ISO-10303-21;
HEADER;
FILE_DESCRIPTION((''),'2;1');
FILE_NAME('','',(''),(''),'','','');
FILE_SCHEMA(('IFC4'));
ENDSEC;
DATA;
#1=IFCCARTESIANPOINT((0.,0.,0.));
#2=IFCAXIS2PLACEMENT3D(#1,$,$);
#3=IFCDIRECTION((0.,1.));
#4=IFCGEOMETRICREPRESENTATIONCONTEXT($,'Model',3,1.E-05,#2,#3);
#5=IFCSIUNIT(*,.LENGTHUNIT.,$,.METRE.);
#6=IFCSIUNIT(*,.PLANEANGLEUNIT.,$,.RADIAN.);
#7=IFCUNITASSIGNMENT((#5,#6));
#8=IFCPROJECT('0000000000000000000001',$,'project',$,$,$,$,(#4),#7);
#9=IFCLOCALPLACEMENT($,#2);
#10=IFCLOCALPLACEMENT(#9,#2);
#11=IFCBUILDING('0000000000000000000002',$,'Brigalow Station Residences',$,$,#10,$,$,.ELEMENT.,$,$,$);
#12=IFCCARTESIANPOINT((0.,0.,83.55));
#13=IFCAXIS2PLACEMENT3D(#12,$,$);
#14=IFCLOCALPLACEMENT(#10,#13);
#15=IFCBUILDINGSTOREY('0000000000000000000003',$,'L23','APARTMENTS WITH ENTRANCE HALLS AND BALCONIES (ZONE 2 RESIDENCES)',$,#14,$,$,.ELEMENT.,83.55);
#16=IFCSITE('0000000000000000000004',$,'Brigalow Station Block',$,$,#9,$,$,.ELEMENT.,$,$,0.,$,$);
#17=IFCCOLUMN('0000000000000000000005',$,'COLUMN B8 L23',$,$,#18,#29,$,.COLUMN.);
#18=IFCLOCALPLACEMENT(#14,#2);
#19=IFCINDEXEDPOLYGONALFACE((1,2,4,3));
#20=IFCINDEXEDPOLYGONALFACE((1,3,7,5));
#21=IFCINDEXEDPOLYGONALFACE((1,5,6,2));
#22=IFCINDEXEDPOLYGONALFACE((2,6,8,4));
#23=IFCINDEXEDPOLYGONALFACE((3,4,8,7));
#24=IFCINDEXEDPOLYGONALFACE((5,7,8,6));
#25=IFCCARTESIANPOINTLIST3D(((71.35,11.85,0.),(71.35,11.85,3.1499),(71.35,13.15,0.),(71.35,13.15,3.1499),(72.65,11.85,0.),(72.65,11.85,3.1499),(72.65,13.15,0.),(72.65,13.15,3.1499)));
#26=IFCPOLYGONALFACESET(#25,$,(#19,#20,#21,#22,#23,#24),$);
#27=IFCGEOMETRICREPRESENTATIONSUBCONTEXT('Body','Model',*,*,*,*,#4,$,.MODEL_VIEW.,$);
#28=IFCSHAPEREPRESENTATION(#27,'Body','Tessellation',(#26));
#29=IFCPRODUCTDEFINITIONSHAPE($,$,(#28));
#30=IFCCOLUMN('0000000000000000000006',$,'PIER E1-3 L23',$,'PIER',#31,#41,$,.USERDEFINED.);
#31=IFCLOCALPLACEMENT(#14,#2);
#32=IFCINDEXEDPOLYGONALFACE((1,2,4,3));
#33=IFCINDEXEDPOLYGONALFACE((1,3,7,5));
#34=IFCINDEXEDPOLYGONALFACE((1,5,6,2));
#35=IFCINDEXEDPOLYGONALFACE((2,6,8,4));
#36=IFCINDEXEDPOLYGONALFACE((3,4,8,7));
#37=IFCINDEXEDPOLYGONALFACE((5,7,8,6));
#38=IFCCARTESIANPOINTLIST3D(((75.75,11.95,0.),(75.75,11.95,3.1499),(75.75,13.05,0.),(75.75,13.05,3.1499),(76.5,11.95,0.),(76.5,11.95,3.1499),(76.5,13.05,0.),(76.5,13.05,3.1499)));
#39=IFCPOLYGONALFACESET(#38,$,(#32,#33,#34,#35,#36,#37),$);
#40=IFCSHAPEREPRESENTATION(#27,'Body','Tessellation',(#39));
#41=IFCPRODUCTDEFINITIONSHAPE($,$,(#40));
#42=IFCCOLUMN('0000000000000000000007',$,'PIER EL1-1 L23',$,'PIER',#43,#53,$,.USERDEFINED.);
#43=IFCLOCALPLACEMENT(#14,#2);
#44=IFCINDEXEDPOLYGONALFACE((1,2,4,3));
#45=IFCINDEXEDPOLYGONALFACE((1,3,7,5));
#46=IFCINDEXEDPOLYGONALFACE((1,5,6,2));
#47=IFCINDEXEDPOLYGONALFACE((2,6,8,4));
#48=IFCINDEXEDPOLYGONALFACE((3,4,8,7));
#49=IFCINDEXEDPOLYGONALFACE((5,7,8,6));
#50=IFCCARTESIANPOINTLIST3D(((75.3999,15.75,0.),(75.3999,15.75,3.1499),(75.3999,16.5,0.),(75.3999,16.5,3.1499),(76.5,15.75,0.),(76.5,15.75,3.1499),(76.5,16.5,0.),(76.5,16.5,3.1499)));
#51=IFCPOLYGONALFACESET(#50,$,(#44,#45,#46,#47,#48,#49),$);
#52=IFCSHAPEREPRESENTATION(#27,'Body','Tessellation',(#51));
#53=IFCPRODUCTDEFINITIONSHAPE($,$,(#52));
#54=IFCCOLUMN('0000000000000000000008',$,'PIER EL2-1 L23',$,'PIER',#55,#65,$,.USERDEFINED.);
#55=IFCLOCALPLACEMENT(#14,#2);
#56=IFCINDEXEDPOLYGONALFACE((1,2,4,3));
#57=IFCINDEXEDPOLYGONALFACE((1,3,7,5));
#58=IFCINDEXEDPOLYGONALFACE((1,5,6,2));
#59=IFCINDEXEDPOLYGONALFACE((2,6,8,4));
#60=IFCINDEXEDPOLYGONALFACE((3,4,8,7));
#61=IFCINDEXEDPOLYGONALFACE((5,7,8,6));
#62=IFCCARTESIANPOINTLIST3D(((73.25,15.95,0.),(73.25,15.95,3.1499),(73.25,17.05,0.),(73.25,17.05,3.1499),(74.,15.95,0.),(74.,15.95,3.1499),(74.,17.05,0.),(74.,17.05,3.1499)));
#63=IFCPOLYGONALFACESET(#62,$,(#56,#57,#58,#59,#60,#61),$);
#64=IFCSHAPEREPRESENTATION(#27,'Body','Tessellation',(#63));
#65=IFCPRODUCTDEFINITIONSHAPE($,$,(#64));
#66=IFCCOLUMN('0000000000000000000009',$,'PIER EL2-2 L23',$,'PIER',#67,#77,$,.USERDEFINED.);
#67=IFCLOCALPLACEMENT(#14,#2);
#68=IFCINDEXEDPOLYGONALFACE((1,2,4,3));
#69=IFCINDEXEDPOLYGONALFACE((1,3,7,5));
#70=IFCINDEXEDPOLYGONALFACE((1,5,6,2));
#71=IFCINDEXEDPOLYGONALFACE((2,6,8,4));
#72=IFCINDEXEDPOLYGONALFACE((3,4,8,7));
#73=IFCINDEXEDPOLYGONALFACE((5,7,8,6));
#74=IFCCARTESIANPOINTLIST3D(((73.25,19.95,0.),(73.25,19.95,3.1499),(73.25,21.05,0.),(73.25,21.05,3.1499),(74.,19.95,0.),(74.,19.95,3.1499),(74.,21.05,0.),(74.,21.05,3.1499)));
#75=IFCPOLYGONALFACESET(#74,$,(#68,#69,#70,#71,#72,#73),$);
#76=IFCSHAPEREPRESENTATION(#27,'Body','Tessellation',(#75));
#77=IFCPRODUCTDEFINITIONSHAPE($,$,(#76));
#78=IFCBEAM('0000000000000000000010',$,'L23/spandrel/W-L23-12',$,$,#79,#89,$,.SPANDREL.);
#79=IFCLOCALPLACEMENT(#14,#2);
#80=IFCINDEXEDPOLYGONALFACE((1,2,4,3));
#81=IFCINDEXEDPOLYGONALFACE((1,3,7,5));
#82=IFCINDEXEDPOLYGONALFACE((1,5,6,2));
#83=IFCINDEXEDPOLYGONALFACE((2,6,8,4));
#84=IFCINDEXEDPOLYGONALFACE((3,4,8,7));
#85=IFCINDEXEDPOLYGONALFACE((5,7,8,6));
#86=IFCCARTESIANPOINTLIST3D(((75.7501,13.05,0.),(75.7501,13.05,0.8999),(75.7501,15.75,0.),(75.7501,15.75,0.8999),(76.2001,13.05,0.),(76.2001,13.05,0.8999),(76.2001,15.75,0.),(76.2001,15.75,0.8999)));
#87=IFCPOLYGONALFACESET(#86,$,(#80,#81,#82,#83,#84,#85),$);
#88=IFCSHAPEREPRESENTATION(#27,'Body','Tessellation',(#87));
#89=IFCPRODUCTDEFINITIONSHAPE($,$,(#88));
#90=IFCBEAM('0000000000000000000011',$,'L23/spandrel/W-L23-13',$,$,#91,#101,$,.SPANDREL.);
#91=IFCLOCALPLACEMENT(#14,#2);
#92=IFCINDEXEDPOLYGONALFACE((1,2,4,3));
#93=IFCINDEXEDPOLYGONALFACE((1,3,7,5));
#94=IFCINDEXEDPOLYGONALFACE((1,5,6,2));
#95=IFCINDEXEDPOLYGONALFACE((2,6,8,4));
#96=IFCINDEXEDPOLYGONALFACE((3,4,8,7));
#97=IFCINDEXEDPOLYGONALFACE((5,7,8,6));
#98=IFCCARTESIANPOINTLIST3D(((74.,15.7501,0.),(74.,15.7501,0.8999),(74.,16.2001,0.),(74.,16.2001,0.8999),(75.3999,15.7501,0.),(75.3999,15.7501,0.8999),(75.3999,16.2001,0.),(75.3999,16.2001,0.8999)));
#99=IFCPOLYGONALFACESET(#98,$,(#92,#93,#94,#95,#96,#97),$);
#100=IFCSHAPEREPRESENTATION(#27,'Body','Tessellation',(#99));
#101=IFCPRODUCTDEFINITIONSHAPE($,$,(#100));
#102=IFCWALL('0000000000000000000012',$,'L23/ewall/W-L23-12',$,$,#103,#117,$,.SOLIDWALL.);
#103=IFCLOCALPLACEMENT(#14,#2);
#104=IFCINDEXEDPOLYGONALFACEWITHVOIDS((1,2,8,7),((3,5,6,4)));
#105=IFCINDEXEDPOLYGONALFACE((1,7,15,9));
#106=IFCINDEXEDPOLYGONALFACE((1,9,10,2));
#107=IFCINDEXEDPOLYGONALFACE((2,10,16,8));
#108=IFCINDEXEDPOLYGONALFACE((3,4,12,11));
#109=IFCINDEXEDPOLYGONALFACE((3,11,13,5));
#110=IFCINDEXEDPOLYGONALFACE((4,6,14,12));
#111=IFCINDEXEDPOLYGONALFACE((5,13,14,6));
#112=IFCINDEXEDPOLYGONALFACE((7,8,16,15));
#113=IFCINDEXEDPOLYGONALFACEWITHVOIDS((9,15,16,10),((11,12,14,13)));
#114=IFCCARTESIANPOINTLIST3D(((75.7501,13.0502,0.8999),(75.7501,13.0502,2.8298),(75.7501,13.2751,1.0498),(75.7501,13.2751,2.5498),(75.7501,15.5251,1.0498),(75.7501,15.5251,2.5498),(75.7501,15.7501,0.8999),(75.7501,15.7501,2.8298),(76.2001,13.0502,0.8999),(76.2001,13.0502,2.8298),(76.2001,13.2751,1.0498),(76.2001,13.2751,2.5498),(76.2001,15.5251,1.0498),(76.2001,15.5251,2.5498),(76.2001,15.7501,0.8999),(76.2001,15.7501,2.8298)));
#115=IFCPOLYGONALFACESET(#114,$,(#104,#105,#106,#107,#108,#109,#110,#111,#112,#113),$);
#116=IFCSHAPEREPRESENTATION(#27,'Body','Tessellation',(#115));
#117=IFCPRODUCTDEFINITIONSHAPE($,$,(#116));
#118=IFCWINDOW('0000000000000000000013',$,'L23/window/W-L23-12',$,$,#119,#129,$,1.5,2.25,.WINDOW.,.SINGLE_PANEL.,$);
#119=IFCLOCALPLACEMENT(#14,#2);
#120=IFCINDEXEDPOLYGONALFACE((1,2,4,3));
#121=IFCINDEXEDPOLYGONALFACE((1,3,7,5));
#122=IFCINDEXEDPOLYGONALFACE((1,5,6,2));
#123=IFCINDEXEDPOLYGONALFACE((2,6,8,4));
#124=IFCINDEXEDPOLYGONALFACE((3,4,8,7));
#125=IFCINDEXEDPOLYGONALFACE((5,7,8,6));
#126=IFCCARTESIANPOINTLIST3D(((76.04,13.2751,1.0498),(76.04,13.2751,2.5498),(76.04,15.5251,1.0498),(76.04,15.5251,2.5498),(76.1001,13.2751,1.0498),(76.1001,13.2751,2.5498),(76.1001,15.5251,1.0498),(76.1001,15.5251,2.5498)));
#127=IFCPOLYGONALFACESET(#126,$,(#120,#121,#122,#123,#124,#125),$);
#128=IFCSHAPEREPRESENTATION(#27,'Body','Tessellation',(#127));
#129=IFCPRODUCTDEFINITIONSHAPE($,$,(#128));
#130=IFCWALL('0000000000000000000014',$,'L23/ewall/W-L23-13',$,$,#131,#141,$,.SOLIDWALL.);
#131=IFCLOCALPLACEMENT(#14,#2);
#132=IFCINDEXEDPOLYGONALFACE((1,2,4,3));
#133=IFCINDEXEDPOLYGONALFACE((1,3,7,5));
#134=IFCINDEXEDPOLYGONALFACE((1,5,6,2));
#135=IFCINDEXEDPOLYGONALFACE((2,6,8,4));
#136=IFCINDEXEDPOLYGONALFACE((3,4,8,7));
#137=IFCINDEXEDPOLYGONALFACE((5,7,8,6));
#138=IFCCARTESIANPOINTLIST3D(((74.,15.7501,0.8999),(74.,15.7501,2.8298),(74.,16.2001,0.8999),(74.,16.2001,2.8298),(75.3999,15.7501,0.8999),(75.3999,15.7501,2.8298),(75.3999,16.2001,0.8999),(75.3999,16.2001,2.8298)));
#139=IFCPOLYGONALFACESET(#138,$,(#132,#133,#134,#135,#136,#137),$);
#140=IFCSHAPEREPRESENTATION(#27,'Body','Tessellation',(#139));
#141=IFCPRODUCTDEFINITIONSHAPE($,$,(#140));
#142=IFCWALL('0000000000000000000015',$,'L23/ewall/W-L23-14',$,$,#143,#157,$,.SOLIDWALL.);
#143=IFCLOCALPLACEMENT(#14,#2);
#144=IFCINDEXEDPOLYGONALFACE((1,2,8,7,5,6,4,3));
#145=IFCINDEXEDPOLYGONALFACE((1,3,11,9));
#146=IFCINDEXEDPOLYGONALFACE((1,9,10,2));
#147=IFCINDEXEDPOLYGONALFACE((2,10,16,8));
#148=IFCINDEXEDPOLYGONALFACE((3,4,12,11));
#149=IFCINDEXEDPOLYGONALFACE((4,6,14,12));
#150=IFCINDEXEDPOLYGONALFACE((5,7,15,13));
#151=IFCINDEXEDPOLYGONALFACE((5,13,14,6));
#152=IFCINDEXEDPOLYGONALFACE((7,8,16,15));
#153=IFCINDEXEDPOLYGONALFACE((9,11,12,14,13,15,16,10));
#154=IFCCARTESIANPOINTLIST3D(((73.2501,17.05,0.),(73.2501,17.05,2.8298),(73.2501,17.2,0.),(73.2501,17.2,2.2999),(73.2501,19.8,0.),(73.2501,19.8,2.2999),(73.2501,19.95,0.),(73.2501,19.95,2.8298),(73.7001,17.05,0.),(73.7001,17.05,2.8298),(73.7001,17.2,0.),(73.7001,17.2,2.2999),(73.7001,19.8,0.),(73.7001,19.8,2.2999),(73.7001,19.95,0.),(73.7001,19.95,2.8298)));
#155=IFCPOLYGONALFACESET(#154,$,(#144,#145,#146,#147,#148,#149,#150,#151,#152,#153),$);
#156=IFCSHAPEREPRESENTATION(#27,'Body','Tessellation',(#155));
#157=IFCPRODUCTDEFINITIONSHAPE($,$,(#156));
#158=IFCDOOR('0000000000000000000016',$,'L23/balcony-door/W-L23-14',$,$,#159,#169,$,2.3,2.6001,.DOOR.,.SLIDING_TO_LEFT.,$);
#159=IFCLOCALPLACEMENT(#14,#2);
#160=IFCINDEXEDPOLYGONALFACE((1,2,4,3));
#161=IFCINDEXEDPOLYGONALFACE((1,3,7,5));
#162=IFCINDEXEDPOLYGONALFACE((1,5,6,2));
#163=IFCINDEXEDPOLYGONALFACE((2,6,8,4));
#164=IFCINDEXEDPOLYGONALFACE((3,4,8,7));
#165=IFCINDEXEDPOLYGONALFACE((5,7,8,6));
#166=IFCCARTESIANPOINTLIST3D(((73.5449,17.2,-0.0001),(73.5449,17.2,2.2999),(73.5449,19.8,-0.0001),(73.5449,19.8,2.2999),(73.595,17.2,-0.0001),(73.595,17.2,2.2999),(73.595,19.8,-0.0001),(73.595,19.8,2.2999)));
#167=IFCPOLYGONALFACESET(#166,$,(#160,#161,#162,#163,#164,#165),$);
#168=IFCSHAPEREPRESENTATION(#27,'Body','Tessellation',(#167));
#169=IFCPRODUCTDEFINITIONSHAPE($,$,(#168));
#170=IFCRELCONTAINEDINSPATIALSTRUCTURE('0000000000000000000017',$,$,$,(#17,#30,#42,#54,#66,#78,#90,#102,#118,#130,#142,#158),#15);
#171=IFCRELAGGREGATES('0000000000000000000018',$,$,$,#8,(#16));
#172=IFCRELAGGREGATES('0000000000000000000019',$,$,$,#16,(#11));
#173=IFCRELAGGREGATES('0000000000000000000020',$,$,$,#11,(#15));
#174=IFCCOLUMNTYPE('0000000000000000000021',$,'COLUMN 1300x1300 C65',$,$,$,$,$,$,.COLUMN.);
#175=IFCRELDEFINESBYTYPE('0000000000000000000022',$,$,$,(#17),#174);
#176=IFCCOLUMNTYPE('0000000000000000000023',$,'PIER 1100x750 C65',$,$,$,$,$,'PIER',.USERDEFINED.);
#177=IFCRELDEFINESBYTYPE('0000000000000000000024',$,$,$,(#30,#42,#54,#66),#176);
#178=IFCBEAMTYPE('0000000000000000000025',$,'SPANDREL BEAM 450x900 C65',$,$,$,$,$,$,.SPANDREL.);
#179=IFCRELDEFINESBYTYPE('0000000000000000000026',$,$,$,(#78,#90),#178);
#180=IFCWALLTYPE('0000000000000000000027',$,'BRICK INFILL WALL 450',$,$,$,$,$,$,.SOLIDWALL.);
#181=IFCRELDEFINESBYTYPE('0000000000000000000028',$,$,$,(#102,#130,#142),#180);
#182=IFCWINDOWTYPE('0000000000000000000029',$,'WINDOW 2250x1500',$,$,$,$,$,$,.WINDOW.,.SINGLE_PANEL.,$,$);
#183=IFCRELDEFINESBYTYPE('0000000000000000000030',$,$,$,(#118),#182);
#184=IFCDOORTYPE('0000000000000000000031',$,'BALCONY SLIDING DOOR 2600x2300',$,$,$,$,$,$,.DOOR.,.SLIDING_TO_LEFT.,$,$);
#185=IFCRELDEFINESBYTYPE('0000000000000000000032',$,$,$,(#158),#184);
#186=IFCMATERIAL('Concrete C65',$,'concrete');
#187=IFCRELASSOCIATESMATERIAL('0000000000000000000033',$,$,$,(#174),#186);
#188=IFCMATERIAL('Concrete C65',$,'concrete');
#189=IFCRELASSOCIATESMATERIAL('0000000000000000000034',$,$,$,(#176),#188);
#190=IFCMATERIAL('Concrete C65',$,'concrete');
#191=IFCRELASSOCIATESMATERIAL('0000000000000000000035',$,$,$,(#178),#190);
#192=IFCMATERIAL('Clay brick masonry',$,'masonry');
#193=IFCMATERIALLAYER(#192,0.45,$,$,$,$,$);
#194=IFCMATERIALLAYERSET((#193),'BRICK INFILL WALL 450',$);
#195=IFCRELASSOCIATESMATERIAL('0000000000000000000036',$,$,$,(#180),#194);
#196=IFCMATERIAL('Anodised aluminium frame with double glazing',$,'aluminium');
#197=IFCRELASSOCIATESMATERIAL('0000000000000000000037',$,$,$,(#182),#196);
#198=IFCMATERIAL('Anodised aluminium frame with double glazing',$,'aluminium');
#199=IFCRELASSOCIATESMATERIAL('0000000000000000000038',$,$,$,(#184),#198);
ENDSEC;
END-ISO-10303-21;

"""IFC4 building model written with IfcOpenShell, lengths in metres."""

from ifc_helpers import new_model, si_unit, direction, frame, frame_2d, origin, origin_2d, place, context, subcontext, project, spatial, rectangle, extrude, material, layer, layer_set, material_profile, profile_set, type_object, element, fill, save


model = new_model("IFC4")

# Units and contexts
model_context = context("Model", 3, precision=1e-05, world=origin(), true_north=direction((0.0, 1.0)))
body_context = subcontext(model_context, "Body", "Model", "MODEL_VIEW")
ifc_project = project(units=[si_unit("LENGTHUNIT", "METRE"), si_unit("PLANEANGLEUNIT", "RADIAN")], contexts=[model_context])

# Site, building, storey
site_placement = place(None, origin())
site = spatial("IfcSite", under=ifc_project, at=site_placement, Name="Brigalow Station Block", CompositionType="ELEMENT", RefElevation=0.0)
building_placement = place(site_placement, origin())
building = spatial("IfcBuilding", under=site, at=building_placement, Name="Brigalow Station Residences", CompositionType="ELEMENT")
storey_placement = place(building_placement, frame((0.0, 0.0, 83.55)))
storey = spatial("IfcBuildingStorey", under=building, at=storey_placement, Name="L23", Description="APARTMENTS WITH ENTRANCE HALLS AND BALCONIES (ZONE 2 RESIDENCES)", CompositionType="ELEMENT", Elevation=83.55)

# Columns
ifc_material_1 = material(Name="Concrete C65", Category="concrete")
ifc_material_profile_1 = material_profile(ifc_material_1, rectangle(XDim=1.3, YDim=1.3, at=origin_2d()), Name="RC1300x1300")
ifc_profile_set_1 = profile_set([ifc_material_profile_1], Name="Concrete C65")
column_type_1 = type_object("IfcColumnType", Name="COLUMN 1300x1300 C65", PredefinedType="COLUMN", material=ifc_profile_set_1)
column_placement = place(storey_placement, frame((72.0, 12.5, 0.0), z_axis=(0.0, 0.0, 1.0), x_axis=(1.0, 0.0, 0.0)))
element("IfcColumn", 1, at=column_placement, inside=storey, type_object=column_type_1, Name="COLUMN B8 L23", PredefinedType="COLUMN", context=body_context, shape_type="SweptSolid", body=[
    extrude(rectangle(XDim=1.3, YDim=1.3, at=origin_2d()), origin(), (0.0, 0.0, 1.0), 3.1499),
])
ifc_material_2 = material(Name="Concrete C65", Category="concrete")
ifc_material_profile_2 = material_profile(ifc_material_2, rectangle(XDim=1.1001, YDim=0.75, at=origin_2d()), Name="RC1100x750")
ifc_profile_set_2 = profile_set([ifc_material_profile_2], Name="Concrete C65")
column_type_2 = type_object("IfcColumnType", Name="PIER 1100x750 C65", ElementType="PIER", PredefinedType="USERDEFINED", material=ifc_profile_set_2)
for number, where, z_axis, x_axis, name in (
    (2, (76.125, 12.5, 0.0), (0.0, 0.0, 1.0), (0.0, 1.0, 0.0), "PIER E1-3 L23"),
    (3, (75.95, 16.125, 0.0), (0.0, 0.0, 1.0), (-1.0, 0.0, 0.0), "PIER EL1-1 L23"),
    (4, (73.625, 16.5, 0.0), (0.0, 0.0, 1.0), (0.0, 1.0, 0.0), "PIER EL2-1 L23"),
    (5, (73.625, 20.5, 0.0), (0.0, 0.0, 1.0), (0.0, 1.0, 0.0), "PIER EL2-2 L23"),
):
    element("IfcColumn", number, at=place(storey_placement, frame(where, z_axis=z_axis, x_axis=x_axis)), inside=storey, type_object=column_type_2, Name=name, ObjectType="PIER", PredefinedType="USERDEFINED", context=body_context, shape_type="SweptSolid", body=[
        extrude(rectangle(XDim=1.1001, YDim=0.75, at=origin_2d()), origin(), (0.0, 0.0, 1.0), 3.1499),
    ])

# Beams
ifc_material_3 = material(Name="Concrete C65", Category="concrete")
ifc_material_profile_3 = material_profile(ifc_material_3, rectangle(XDim=0.45, YDim=0.8999, at=origin_2d()), Name="RC450x900")
ifc_profile_set_3 = profile_set([ifc_material_profile_3], Name="Concrete C65")
beam_type = type_object("IfcBeamType", Name="SPANDREL BEAM 450x900 C65", PredefinedType="SPANDREL", material=ifc_profile_set_3)
beam_1_placement = place(storey_placement, frame((75.9751, 13.05, 0.45), z_axis=(0.0, 1.0, 0.0), x_axis=(-1.0, 0.0, 0.0)))
element("IfcBeam", 6, at=beam_1_placement, inside=storey, type_object=beam_type, Name="L23/spandrel/W-L23-12", PredefinedType="SPANDREL", context=body_context, shape_type="SweptSolid", body=[
    extrude(rectangle(XDim=0.45, YDim=0.8999, at=origin_2d()), origin(), (0.0, 0.0, 1.0), 2.7),
])
beam_2_placement = place(storey_placement, frame((75.3999, 15.9751, 0.45), z_axis=(-1.0, 0.0, 0.0), x_axis=(0.0, -1.0, 0.0)))
element("IfcBeam", 7, at=beam_2_placement, inside=storey, type_object=beam_type, Name="L23/spandrel/W-L23-13", PredefinedType="SPANDREL", context=body_context, shape_type="SweptSolid", body=[
    extrude(rectangle(XDim=0.45, YDim=0.8999, at=origin_2d()), origin(), (0.0, 0.0, 1.0), 1.3999),
])

# Wall, opening, window
ifc_material_4 = material(Name="Clay brick masonry", Category="masonry")
ifc_layer_1 = layer(ifc_material_4, 0.45)
ifc_layer_set_1 = layer_set([ifc_layer_1], Name="BRICK INFILL WALL 450")
wall_type_1 = type_object("IfcWallType", Name="BRICK INFILL WALL 450", PredefinedType="SOLIDWALL", material=ifc_layer_set_1)
wall_1_placement = place(storey_placement, frame((75.9751, 13.05, 0.8999), z_axis=(0.0, 0.0, 1.0), x_axis=(0.0, 1.0, 0.0)))
wall_1 = element("IfcWall", 8, at=wall_1_placement, inside=storey, type_object=wall_type_1, Name="L23/ewall/W-L23-12", PredefinedType="SOLIDWALL", context=body_context, shape_type="SweptSolid", body=[
    extrude(rectangle(XDim=2.7, YDim=0.45, at=frame_2d((1.3501, 0.0))), origin(), (0.0, 0.0, 1.0), 1.9299),
])
opening_1_placement = place(wall_1_placement, frame((0.2251, 0.0, 0.1499)))
opening_1 = element("IfcOpeningElement", 9, at=opening_1_placement, cuts=wall_1, PredefinedType="OPENING", context=body_context, shape_type="SweptSolid", body=[
    extrude(rectangle(XDim=2.25, YDim=1.5, at=frame_2d((1.125, 0.75))), frame((0.0, 0.2349, 0.0), z_axis=(0.0, -1.0, 0.0), x_axis=(1.0, 0.0, 0.0)), (0.0, 0.0, 1.0), 0.47),
])
ifc_material_5 = material(Name="Anodised aluminium frame with double glazing", Category="aluminium")
window_type = type_object("IfcWindowType", Name="WINDOW 2250x1500", PartitioningType="SINGLE_PANEL", PredefinedType="WINDOW", material=ifc_material_5)
window_placement = place(opening_1_placement, origin())
window = element("IfcWindow", 10, at=window_placement, inside=storey, type_object=window_type, Name="L23/window/W-L23-12", OverallHeight=1.5, OverallWidth=2.25, PartitioningType="SINGLE_PANEL", PredefinedType="WINDOW", context=body_context, shape_type="SweptSolid", body=[
    extrude(rectangle(XDim=2.25, YDim=1.5, at=frame_2d((1.125, 0.75))), frame((0.0, -0.0649, 0.0), z_axis=(0.0, -1.0, 0.0), x_axis=(1.0, 0.0, 0.0)), (0.0, 0.0, 1.0), 0.0601),
])
fill(opening_1, window)

# Wall
wall_2_placement = place(storey_placement, frame((75.3999, 15.9751, 0.8999), z_axis=(0.0, 0.0, 1.0), x_axis=(-1.0, 0.0, 0.0)))
element("IfcWall", 11, at=wall_2_placement, inside=storey, type_object=wall_type_1, Name="L23/ewall/W-L23-13", PredefinedType="SOLIDWALL", context=body_context, shape_type="SweptSolid", body=[
    extrude(rectangle(XDim=1.3999, YDim=0.45, at=frame_2d((0.7, 0.0))), origin(), (0.0, 0.0, 1.0), 1.9299),
])

# Wall, opening, door
wall_3_placement = place(storey_placement, frame((73.4751, 17.05, 0.0), z_axis=(0.0, 0.0, 1.0), x_axis=(0.0, 1.0, 0.0)))
wall_3 = element("IfcWall", 12, at=wall_3_placement, inside=storey, type_object=wall_type_1, Name="L23/ewall/W-L23-14", PredefinedType="SOLIDWALL", context=body_context, shape_type="SweptSolid", body=[
    extrude(rectangle(XDim=2.8999, YDim=0.45, at=frame_2d((1.45, 0.0))), origin(), (0.0, 0.0, 1.0), 2.8298),
])
opening_2_placement = place(wall_3_placement, frame((0.1499, 0.0, 0.0)))
opening_2 = element("IfcOpeningElement", 13, at=opening_2_placement, cuts=wall_3, PredefinedType="OPENING", context=body_context, shape_type="SweptSolid", body=[
    extrude(rectangle(XDim=2.6001, YDim=2.3, at=frame_2d((1.3, 1.1499))), frame((0.0, 0.2349, 0.0), z_axis=(0.0, -1.0, 0.0), x_axis=(1.0, 0.0, 0.0)), (0.0, 0.0, 1.0), 0.47),
])
ifc_material_6 = material(Name="Anodised aluminium frame with double glazing", Category="aluminium")
door_type_1 = type_object("IfcDoorType", Name="BALCONY SLIDING DOOR 2600x2300", OperationType="SLIDING_TO_LEFT", PredefinedType="DOOR", material=ifc_material_6)
door_1_placement = place(opening_2_placement, origin())
door_1 = element("IfcDoor", 14, at=door_1_placement, inside=storey, type_object=door_type_1, Name="L23/balcony-door/W-L23-14", OperationType="SLIDING_TO_LEFT", OverallHeight=2.3, OverallWidth=2.6001, PredefinedType="DOOR", context=body_context, shape_type="SweptSolid", body=[
    extrude(rectangle(XDim=2.6001, YDim=2.3, at=frame_2d((1.3, 1.1499))), frame((0.0, -0.0698, 0.0), z_axis=(0.0, -1.0, 0.0), x_axis=(1.0, 0.0, 0.0)), (0.0, 0.0, 1.0), 0.05),
])
fill(opening_2, door_1)

save(model, "model.ifc")
